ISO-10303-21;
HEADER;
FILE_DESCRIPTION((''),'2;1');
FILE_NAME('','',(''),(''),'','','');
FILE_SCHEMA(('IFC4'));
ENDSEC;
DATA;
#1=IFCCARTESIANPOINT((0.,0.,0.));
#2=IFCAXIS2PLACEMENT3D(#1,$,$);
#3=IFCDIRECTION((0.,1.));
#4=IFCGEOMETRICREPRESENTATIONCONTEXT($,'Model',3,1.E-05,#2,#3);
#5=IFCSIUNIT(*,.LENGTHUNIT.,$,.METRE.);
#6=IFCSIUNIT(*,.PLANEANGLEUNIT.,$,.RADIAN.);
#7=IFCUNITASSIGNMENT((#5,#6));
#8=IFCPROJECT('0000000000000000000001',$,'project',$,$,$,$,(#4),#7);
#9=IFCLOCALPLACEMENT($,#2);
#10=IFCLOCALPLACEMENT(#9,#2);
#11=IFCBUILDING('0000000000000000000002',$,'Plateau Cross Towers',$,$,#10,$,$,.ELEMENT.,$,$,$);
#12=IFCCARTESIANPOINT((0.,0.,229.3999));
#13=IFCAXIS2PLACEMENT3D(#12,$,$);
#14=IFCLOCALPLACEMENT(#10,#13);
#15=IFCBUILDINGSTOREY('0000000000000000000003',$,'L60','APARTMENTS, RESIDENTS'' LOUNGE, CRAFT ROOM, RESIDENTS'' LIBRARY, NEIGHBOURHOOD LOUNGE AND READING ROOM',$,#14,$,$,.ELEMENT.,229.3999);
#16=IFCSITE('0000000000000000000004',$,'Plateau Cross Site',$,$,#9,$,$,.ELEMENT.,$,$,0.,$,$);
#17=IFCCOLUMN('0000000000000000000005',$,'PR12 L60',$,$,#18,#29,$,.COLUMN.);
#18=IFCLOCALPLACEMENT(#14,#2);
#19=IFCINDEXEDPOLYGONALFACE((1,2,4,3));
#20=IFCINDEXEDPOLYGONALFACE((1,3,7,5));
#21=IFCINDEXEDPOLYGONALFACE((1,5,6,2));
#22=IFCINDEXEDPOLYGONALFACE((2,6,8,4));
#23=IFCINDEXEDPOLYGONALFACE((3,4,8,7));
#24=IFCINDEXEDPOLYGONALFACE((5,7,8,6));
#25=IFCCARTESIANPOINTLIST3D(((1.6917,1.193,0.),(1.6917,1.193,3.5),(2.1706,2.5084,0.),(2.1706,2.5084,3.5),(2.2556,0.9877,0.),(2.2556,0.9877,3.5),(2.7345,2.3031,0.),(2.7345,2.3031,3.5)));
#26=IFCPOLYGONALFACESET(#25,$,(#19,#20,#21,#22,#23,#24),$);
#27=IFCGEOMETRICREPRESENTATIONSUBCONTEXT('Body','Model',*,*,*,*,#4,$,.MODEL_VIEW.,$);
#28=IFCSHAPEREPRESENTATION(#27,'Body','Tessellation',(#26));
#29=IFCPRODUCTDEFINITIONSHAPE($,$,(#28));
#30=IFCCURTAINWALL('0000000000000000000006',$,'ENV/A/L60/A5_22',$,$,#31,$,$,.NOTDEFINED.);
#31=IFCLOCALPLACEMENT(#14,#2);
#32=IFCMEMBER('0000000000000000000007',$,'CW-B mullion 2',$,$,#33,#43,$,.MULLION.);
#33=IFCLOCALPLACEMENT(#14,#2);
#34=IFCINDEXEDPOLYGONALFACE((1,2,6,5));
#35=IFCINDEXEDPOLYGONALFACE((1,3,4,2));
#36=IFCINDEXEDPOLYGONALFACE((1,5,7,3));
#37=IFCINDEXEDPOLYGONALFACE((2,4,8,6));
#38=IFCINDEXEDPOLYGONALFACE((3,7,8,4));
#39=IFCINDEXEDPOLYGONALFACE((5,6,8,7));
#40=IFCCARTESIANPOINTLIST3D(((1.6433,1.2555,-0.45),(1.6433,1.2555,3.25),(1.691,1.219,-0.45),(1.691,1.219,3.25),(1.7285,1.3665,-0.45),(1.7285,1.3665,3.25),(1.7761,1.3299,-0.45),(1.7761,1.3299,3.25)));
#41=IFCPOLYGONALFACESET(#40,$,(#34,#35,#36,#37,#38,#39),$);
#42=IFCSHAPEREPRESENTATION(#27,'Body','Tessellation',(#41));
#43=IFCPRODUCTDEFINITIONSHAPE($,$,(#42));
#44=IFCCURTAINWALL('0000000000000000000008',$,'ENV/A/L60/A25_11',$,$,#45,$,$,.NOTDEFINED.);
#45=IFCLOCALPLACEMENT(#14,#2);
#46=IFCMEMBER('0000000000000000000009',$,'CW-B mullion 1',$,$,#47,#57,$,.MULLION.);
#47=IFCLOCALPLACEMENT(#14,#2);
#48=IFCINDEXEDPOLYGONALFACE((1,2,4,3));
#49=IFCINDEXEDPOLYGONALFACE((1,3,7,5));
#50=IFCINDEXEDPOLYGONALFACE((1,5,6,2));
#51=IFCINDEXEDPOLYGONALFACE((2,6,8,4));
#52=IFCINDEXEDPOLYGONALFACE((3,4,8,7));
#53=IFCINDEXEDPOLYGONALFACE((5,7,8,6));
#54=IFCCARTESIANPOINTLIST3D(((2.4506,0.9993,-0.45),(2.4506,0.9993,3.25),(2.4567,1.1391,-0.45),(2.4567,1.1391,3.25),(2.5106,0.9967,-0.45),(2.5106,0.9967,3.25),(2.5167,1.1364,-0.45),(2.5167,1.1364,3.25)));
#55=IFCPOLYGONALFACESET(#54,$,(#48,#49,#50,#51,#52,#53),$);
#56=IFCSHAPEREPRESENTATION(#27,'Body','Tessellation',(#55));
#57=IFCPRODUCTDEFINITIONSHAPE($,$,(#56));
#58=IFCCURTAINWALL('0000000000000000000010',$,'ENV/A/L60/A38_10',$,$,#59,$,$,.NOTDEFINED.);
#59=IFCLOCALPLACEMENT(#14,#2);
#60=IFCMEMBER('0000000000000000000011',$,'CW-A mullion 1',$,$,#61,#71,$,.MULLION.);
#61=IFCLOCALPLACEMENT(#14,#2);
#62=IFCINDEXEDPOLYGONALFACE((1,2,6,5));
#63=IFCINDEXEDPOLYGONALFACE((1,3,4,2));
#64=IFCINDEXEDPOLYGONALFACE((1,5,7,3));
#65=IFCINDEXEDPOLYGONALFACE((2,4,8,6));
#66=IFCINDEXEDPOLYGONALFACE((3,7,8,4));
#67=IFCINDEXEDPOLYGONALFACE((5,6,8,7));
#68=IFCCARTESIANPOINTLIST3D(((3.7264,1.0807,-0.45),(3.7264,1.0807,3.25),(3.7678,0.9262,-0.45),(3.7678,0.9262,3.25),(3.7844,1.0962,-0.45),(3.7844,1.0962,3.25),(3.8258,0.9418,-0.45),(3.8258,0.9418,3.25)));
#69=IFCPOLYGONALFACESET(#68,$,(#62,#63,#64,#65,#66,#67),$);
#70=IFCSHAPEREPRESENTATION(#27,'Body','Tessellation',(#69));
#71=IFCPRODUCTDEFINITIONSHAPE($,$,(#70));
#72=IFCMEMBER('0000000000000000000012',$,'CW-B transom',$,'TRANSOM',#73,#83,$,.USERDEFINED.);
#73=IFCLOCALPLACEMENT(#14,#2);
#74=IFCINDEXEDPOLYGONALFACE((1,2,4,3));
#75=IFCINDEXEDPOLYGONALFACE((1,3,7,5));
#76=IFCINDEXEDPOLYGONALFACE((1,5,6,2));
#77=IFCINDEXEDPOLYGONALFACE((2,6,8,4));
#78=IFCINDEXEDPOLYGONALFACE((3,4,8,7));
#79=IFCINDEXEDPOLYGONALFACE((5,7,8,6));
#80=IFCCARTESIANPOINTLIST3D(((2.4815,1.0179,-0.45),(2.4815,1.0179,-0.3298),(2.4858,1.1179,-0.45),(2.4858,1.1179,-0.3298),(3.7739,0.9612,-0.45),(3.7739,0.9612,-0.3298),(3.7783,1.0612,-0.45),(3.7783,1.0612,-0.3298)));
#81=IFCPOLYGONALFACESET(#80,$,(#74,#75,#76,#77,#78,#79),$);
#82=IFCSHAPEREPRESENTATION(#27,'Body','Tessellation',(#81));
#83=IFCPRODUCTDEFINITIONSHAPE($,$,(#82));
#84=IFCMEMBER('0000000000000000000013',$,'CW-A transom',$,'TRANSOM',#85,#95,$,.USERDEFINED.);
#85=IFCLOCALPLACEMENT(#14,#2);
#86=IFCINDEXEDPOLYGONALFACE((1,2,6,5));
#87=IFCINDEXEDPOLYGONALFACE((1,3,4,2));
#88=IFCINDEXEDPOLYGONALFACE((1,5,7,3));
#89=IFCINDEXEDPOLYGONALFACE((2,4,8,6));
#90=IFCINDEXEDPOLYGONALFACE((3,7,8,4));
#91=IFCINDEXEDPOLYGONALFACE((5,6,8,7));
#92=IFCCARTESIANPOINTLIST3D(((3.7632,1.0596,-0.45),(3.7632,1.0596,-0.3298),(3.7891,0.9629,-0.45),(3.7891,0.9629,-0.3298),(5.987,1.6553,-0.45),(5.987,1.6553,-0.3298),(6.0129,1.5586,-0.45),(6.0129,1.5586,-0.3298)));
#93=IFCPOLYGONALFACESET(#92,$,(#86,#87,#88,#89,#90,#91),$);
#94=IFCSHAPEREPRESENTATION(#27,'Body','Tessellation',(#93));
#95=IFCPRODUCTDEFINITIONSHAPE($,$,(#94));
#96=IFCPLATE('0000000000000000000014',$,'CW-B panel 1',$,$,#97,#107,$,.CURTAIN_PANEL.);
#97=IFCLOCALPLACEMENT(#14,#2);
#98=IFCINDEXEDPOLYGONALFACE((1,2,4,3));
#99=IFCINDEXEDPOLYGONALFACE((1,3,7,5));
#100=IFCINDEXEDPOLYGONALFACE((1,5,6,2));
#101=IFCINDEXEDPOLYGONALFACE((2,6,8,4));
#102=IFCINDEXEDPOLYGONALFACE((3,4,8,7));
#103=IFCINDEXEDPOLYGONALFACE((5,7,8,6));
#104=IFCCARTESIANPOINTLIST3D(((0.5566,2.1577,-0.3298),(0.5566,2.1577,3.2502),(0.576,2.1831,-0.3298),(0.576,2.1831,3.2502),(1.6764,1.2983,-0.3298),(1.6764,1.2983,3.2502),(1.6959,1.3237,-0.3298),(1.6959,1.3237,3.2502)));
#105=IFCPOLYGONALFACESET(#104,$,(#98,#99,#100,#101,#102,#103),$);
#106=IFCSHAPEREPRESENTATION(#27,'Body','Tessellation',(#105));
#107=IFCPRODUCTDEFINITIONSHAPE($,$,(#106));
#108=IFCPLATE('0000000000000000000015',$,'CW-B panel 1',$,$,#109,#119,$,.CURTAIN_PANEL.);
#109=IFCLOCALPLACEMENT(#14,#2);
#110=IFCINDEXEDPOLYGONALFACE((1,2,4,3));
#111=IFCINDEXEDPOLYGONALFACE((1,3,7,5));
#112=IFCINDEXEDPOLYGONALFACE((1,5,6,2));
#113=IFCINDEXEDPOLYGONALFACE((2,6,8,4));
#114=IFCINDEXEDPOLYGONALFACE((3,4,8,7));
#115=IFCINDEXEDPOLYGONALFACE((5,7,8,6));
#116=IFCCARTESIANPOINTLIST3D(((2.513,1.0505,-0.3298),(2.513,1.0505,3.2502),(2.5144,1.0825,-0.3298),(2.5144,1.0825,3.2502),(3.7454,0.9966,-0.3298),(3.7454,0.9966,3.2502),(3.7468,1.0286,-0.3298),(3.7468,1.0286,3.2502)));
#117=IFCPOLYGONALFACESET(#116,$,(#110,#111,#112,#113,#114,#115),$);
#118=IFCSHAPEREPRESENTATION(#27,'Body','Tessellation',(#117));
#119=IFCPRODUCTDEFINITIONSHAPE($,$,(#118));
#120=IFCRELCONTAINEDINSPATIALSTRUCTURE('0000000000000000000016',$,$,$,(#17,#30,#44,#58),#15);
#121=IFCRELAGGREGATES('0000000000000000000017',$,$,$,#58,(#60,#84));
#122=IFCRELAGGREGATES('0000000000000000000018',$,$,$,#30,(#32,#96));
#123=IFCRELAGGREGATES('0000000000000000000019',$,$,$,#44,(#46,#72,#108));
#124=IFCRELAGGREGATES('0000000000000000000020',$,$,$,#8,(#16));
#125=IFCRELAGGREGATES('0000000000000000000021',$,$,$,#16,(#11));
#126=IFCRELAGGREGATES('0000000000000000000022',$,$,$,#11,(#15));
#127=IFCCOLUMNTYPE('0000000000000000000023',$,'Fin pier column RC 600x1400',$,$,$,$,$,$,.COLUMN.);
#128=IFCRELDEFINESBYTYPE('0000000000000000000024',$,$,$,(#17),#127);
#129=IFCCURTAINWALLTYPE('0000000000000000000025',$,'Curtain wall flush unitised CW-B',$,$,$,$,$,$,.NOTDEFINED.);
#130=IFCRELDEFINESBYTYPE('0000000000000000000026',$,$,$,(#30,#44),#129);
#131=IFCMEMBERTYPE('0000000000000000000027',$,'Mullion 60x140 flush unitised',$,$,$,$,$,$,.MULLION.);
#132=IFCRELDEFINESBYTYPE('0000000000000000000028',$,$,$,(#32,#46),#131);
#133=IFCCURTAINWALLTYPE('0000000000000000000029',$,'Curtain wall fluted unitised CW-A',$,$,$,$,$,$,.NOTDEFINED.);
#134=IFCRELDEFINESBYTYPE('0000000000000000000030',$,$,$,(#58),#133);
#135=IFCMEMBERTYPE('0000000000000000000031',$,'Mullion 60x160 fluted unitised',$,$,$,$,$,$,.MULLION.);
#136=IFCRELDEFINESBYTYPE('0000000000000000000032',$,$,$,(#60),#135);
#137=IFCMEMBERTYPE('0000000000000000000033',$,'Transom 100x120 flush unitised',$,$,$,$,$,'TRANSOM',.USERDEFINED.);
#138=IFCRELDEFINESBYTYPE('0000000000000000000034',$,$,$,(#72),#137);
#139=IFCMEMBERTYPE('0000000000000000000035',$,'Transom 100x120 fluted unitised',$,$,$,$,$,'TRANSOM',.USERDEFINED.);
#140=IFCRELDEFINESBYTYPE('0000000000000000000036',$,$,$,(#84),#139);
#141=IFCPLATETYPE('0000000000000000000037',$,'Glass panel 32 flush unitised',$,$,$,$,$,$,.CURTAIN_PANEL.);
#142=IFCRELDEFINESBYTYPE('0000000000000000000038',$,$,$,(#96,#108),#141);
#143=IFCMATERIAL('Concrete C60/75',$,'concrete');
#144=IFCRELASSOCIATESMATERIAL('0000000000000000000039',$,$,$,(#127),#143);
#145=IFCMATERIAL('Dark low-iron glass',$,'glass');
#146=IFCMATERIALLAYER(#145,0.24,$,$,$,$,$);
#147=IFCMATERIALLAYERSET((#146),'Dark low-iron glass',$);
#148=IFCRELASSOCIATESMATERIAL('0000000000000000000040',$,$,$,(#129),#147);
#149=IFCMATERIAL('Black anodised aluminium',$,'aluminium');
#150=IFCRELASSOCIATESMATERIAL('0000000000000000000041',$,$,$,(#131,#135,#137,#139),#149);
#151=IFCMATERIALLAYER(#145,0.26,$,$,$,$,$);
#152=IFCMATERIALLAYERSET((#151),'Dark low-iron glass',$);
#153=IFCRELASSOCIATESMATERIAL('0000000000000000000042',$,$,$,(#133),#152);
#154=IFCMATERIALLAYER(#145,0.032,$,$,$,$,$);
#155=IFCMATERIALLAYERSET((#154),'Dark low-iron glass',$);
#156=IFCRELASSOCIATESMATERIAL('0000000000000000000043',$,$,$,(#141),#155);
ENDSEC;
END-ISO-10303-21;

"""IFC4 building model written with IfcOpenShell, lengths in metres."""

from ifc_helpers import new_model, si_unit, direction, frame, origin, origin_2d, place, context, subcontext, project, spatial, rectangle, extrude, material, layer, layer_set, material_profile, profile_set, type_object, element, aggregate, save


model = new_model("IFC4")

# Units and contexts
model_context = context("Model", 3, precision=1e-05, world=origin(), true_north=direction((0.0, 1.0)))
body_context = subcontext(model_context, "Body", "Model", "MODEL_VIEW")
ifc_project = project(units=[si_unit("LENGTHUNIT", "METRE"), si_unit("PLANEANGLEUNIT", "RADIAN")], contexts=[model_context])

# Site, building, storey
site_placement = place(None, origin())
site = spatial("IfcSite", under=ifc_project, at=site_placement, Name="Plateau Cross Site", CompositionType="ELEMENT", RefElevation=0.0)
building_placement = place(site_placement, origin())
building = spatial("IfcBuilding", under=site, at=building_placement, Name="Plateau Cross Towers", CompositionType="ELEMENT")
storey_placement = place(building_placement, frame((0.0, 0.0, 229.3999)))
storey = spatial("IfcBuildingStorey", under=building, at=storey_placement, Name="L60", Description="APARTMENTS, RESIDENTS' LOUNGE, CRAFT ROOM, RESIDENTS' LIBRARY, NEIGHBOURHOOD LOUNGE AND READING ROOM", CompositionType="ELEMENT", Elevation=229.3999)

# Column
ifc_material_1 = material(Name="Concrete C60/75", Category="concrete")
ifc_material_profile_1 = material_profile(ifc_material_1, rectangle(XDim=0.6001, YDim=1.3999, at=origin_2d()), Name="RC 600x1400")
ifc_profile_set_1 = profile_set([ifc_material_profile_1], Name="Concrete C60/75")
column_type = type_object("IfcColumnType", Name="Fin pier column RC 600x1400", PredefinedType="COLUMN", material=ifc_profile_set_1)
column_placement = place(storey_placement, frame((2.2131, 1.748, 0.0), z_axis=(0.0, 0.0, 1.0), x_axis=(-0.939664, 0.342098, 0.0)))
element("IfcColumn", 1, at=column_placement, inside=storey, type_object=column_type, Name="PR12 L60", PredefinedType="COLUMN", context=body_context, shape_type="SweptSolid", body=[
    extrude(rectangle(XDim=0.6001, YDim=1.3999, at=origin_2d()), origin(), (0.0, 0.0, 1.0), 3.5),
])

# Curtain walls, members
ifc_material_2 = material(Name="Dark low-iron glass", Category="glass")
ifc_layer_1 = layer(ifc_material_2, 0.24)
ifc_layer_set_1 = layer_set([ifc_layer_1], Name="Dark low-iron glass")
curtain_wall_type_1 = type_object("IfcCurtainWallType", Name="Curtain wall flush unitised CW-B", PredefinedType="NOTDEFINED", material=ifc_layer_set_1)
curtain_wall_1_placement = place(storey_placement, origin())
curtain_wall_1 = element("IfcCurtainWall", 2, at=curtain_wall_1_placement, inside=storey, type_object=curtain_wall_type_1, Name="ENV/A/L60/A5_22", PredefinedType="NOTDEFINED")
ifc_material_3 = material(Name="Black anodised aluminium", Category="aluminium")
ifc_material_profile_2 = material_profile(ifc_material_3, rectangle(XDim=0.0601, YDim=0.1399, at=origin_2d()), Name="MULLION 60x140")
ifc_profile_set_2 = profile_set([ifc_material_profile_2], Name="Black anodised aluminium")
member_type_1 = type_object("IfcMemberType", Name="Mullion 60x140 flush unitised", PredefinedType="MULLION", material=ifc_profile_set_2)
member_1_placement = place(storey_placement, frame((1.7097, 1.2927, -0.45), z_axis=(0.0, 0.0, 1.0), x_axis=(0.793316, -0.608811, 0.0)))
member_1 = element("IfcMember", 3, at=member_1_placement, type_object=member_type_1, Name="CW-B mullion 2", PredefinedType="MULLION", context=body_context, shape_type="SweptSolid", body=[
    extrude(rectangle(XDim=0.0601, YDim=0.1399, at=origin_2d()), origin(), (0.0, 0.0, 1.0), 3.7),
])
curtain_wall_2_placement = place(storey_placement, origin())
curtain_wall_2 = element("IfcCurtainWall", 4, at=curtain_wall_2_placement, inside=storey, type_object=curtain_wall_type_1, Name="ENV/A/L60/A25_11", PredefinedType="NOTDEFINED")
member_2_placement = place(storey_placement, frame((2.4836, 1.0679, -0.45), z_axis=(0.0, 0.0, 1.0), x_axis=(0.999044, -0.043723, 0.0)))
member_2 = element("IfcMember", 5, at=member_2_placement, type_object=member_type_1, Name="CW-B mullion 1", PredefinedType="MULLION", context=body_context, shape_type="SweptSolid", body=[
    extrude(rectangle(XDim=0.0601, YDim=0.1399, at=origin_2d()), origin(), (0.0, 0.0, 1.0), 3.7),
])
ifc_layer_2 = layer(ifc_material_2, 0.26)
ifc_layer_set_2 = layer_set([ifc_layer_2], Name="Dark low-iron glass")
curtain_wall_type_2 = type_object("IfcCurtainWallType", Name="Curtain wall fluted unitised CW-A", PredefinedType="NOTDEFINED", material=ifc_layer_set_2)
curtain_wall_3_placement = place(storey_placement, origin())
curtain_wall_3 = element("IfcCurtainWall", 6, at=curtain_wall_3_placement, inside=storey, type_object=curtain_wall_type_2, Name="ENV/A/L60/A38_10", PredefinedType="NOTDEFINED")
ifc_material_profile_3 = material_profile(ifc_material_3, rectangle(XDim=0.0601, YDim=0.1599, at=origin_2d()), Name="MULLION 60x160")
ifc_profile_set_3 = profile_set([ifc_material_profile_3], Name="Black anodised aluminium")
member_type_2 = type_object("IfcMemberType", Name="Mullion 60x160 fluted unitised", PredefinedType="MULLION", material=ifc_profile_set_3)
member_3_placement = place(storey_placement, frame((3.7761, 1.0112, -0.45), z_axis=(0.0, 0.0, 1.0), x_axis=(0.965958, 0.258699, 0.0)))
member_3 = element("IfcMember", 7, at=member_3_placement, type_object=member_type_2, Name="CW-A mullion 1", PredefinedType="MULLION", context=body_context, shape_type="SweptSolid", body=[
    extrude(rectangle(XDim=0.0601, YDim=0.1599, at=origin_2d()), origin(), (0.0, 0.0, 1.0), 3.7),
])

# Members
ifc_material_profile_4 = material_profile(ifc_material_3, rectangle(XDim=0.1001, YDim=0.1201, at=origin_2d()), Name="TRANSOM 100x120")
ifc_profile_set_4 = profile_set([ifc_material_profile_4], Name="Black anodised aluminium")
member_type_3 = type_object("IfcMemberType", Name="Transom 100x120 flush unitised", ElementType="TRANSOM", PredefinedType="USERDEFINED", material=ifc_profile_set_4)
member_4_placement = place(storey_placement, frame((2.4836, 1.0679, -0.3899), z_axis=(0.999041, -0.043781, 0.0), x_axis=(0.043781, 0.999041, 0.0)))
member_4 = element("IfcMember", 8, at=member_4_placement, type_object=member_type_3, Name="CW-B transom", ObjectType="TRANSOM", PredefinedType="USERDEFINED", context=body_context, shape_type="SweptSolid", body=[
    extrude(rectangle(XDim=0.1001, YDim=0.1201, at=origin_2d()), origin(), (0.0, 0.0, 1.0), 1.2937),
])
ifc_material_profile_5 = material_profile(ifc_material_3, rectangle(XDim=0.1001, YDim=0.1201, at=origin_2d()), Name="TRANSOM 100x120")
ifc_profile_set_5 = profile_set([ifc_material_profile_5], Name="Black anodised aluminium")
member_type_4 = type_object("IfcMemberType", Name="Transom 100x120 fluted unitised", ElementType="TRANSOM", PredefinedType="USERDEFINED", material=ifc_profile_set_5)
member_5_placement = place(storey_placement, frame((3.7761, 1.0112, -0.3899), z_axis=(0.965946, 0.258745, 0.0), x_axis=(-0.258745, 0.965946, 0.0)))
member_5 = element("IfcMember", 9, at=member_5_placement, type_object=member_type_4, Name="CW-A transom", ObjectType="TRANSOM", PredefinedType="USERDEFINED", context=body_context, shape_type="SweptSolid", body=[
    extrude(rectangle(XDim=0.1001, YDim=0.1201, at=origin_2d()), origin(), (0.0, 0.0, 1.0), 2.3022),
])
aggregate(curtain_wall_3, [member_3, member_5])

# Plates
ifc_layer_3 = layer(ifc_material_2, 0.032)
ifc_layer_set_3 = layer_set([ifc_layer_3], Name="Dark low-iron glass")
plate_type = type_object("IfcPlateType", Name="Glass panel 32 flush unitised", PredefinedType="CURTAIN_PANEL", material=ifc_layer_set_3)
plate_1_placement = place(storey_placement, frame((1.1262, 1.7407, -0.3298), z_axis=(0.0, 0.0, 1.0), x_axis=(0.793316, -0.608811, 0.0)))
plate_1 = element("IfcPlate", 10, at=plate_1_placement, type_object=plate_type, Name="CW-B panel 1", PredefinedType="CURTAIN_PANEL", context=body_context, shape_type="SweptSolid", body=[
    extrude(rectangle(XDim=1.4116, YDim=0.032, at=origin_2d()), origin(), (0.0, 0.0, 1.0), 3.5801),
])
aggregate(curtain_wall_1, [member_1, plate_1])
plate_2_placement = place(storey_placement, frame((3.1299, 1.0396, -0.3298), z_axis=(0.0, 0.0, 1.0), x_axis=(0.999044, -0.043723, 0.0)))
plate_2 = element("IfcPlate", 11, at=plate_2_placement, type_object=plate_type, Name="CW-B panel 1", PredefinedType="CURTAIN_PANEL", context=body_context, shape_type="SweptSolid", body=[
    extrude(rectangle(XDim=1.2336, YDim=0.032, at=origin_2d()), origin(), (0.0, 0.0, 1.0), 3.5801),
])
aggregate(curtain_wall_2, [member_2, member_4, plate_2])

save(model, "model.ifc")
